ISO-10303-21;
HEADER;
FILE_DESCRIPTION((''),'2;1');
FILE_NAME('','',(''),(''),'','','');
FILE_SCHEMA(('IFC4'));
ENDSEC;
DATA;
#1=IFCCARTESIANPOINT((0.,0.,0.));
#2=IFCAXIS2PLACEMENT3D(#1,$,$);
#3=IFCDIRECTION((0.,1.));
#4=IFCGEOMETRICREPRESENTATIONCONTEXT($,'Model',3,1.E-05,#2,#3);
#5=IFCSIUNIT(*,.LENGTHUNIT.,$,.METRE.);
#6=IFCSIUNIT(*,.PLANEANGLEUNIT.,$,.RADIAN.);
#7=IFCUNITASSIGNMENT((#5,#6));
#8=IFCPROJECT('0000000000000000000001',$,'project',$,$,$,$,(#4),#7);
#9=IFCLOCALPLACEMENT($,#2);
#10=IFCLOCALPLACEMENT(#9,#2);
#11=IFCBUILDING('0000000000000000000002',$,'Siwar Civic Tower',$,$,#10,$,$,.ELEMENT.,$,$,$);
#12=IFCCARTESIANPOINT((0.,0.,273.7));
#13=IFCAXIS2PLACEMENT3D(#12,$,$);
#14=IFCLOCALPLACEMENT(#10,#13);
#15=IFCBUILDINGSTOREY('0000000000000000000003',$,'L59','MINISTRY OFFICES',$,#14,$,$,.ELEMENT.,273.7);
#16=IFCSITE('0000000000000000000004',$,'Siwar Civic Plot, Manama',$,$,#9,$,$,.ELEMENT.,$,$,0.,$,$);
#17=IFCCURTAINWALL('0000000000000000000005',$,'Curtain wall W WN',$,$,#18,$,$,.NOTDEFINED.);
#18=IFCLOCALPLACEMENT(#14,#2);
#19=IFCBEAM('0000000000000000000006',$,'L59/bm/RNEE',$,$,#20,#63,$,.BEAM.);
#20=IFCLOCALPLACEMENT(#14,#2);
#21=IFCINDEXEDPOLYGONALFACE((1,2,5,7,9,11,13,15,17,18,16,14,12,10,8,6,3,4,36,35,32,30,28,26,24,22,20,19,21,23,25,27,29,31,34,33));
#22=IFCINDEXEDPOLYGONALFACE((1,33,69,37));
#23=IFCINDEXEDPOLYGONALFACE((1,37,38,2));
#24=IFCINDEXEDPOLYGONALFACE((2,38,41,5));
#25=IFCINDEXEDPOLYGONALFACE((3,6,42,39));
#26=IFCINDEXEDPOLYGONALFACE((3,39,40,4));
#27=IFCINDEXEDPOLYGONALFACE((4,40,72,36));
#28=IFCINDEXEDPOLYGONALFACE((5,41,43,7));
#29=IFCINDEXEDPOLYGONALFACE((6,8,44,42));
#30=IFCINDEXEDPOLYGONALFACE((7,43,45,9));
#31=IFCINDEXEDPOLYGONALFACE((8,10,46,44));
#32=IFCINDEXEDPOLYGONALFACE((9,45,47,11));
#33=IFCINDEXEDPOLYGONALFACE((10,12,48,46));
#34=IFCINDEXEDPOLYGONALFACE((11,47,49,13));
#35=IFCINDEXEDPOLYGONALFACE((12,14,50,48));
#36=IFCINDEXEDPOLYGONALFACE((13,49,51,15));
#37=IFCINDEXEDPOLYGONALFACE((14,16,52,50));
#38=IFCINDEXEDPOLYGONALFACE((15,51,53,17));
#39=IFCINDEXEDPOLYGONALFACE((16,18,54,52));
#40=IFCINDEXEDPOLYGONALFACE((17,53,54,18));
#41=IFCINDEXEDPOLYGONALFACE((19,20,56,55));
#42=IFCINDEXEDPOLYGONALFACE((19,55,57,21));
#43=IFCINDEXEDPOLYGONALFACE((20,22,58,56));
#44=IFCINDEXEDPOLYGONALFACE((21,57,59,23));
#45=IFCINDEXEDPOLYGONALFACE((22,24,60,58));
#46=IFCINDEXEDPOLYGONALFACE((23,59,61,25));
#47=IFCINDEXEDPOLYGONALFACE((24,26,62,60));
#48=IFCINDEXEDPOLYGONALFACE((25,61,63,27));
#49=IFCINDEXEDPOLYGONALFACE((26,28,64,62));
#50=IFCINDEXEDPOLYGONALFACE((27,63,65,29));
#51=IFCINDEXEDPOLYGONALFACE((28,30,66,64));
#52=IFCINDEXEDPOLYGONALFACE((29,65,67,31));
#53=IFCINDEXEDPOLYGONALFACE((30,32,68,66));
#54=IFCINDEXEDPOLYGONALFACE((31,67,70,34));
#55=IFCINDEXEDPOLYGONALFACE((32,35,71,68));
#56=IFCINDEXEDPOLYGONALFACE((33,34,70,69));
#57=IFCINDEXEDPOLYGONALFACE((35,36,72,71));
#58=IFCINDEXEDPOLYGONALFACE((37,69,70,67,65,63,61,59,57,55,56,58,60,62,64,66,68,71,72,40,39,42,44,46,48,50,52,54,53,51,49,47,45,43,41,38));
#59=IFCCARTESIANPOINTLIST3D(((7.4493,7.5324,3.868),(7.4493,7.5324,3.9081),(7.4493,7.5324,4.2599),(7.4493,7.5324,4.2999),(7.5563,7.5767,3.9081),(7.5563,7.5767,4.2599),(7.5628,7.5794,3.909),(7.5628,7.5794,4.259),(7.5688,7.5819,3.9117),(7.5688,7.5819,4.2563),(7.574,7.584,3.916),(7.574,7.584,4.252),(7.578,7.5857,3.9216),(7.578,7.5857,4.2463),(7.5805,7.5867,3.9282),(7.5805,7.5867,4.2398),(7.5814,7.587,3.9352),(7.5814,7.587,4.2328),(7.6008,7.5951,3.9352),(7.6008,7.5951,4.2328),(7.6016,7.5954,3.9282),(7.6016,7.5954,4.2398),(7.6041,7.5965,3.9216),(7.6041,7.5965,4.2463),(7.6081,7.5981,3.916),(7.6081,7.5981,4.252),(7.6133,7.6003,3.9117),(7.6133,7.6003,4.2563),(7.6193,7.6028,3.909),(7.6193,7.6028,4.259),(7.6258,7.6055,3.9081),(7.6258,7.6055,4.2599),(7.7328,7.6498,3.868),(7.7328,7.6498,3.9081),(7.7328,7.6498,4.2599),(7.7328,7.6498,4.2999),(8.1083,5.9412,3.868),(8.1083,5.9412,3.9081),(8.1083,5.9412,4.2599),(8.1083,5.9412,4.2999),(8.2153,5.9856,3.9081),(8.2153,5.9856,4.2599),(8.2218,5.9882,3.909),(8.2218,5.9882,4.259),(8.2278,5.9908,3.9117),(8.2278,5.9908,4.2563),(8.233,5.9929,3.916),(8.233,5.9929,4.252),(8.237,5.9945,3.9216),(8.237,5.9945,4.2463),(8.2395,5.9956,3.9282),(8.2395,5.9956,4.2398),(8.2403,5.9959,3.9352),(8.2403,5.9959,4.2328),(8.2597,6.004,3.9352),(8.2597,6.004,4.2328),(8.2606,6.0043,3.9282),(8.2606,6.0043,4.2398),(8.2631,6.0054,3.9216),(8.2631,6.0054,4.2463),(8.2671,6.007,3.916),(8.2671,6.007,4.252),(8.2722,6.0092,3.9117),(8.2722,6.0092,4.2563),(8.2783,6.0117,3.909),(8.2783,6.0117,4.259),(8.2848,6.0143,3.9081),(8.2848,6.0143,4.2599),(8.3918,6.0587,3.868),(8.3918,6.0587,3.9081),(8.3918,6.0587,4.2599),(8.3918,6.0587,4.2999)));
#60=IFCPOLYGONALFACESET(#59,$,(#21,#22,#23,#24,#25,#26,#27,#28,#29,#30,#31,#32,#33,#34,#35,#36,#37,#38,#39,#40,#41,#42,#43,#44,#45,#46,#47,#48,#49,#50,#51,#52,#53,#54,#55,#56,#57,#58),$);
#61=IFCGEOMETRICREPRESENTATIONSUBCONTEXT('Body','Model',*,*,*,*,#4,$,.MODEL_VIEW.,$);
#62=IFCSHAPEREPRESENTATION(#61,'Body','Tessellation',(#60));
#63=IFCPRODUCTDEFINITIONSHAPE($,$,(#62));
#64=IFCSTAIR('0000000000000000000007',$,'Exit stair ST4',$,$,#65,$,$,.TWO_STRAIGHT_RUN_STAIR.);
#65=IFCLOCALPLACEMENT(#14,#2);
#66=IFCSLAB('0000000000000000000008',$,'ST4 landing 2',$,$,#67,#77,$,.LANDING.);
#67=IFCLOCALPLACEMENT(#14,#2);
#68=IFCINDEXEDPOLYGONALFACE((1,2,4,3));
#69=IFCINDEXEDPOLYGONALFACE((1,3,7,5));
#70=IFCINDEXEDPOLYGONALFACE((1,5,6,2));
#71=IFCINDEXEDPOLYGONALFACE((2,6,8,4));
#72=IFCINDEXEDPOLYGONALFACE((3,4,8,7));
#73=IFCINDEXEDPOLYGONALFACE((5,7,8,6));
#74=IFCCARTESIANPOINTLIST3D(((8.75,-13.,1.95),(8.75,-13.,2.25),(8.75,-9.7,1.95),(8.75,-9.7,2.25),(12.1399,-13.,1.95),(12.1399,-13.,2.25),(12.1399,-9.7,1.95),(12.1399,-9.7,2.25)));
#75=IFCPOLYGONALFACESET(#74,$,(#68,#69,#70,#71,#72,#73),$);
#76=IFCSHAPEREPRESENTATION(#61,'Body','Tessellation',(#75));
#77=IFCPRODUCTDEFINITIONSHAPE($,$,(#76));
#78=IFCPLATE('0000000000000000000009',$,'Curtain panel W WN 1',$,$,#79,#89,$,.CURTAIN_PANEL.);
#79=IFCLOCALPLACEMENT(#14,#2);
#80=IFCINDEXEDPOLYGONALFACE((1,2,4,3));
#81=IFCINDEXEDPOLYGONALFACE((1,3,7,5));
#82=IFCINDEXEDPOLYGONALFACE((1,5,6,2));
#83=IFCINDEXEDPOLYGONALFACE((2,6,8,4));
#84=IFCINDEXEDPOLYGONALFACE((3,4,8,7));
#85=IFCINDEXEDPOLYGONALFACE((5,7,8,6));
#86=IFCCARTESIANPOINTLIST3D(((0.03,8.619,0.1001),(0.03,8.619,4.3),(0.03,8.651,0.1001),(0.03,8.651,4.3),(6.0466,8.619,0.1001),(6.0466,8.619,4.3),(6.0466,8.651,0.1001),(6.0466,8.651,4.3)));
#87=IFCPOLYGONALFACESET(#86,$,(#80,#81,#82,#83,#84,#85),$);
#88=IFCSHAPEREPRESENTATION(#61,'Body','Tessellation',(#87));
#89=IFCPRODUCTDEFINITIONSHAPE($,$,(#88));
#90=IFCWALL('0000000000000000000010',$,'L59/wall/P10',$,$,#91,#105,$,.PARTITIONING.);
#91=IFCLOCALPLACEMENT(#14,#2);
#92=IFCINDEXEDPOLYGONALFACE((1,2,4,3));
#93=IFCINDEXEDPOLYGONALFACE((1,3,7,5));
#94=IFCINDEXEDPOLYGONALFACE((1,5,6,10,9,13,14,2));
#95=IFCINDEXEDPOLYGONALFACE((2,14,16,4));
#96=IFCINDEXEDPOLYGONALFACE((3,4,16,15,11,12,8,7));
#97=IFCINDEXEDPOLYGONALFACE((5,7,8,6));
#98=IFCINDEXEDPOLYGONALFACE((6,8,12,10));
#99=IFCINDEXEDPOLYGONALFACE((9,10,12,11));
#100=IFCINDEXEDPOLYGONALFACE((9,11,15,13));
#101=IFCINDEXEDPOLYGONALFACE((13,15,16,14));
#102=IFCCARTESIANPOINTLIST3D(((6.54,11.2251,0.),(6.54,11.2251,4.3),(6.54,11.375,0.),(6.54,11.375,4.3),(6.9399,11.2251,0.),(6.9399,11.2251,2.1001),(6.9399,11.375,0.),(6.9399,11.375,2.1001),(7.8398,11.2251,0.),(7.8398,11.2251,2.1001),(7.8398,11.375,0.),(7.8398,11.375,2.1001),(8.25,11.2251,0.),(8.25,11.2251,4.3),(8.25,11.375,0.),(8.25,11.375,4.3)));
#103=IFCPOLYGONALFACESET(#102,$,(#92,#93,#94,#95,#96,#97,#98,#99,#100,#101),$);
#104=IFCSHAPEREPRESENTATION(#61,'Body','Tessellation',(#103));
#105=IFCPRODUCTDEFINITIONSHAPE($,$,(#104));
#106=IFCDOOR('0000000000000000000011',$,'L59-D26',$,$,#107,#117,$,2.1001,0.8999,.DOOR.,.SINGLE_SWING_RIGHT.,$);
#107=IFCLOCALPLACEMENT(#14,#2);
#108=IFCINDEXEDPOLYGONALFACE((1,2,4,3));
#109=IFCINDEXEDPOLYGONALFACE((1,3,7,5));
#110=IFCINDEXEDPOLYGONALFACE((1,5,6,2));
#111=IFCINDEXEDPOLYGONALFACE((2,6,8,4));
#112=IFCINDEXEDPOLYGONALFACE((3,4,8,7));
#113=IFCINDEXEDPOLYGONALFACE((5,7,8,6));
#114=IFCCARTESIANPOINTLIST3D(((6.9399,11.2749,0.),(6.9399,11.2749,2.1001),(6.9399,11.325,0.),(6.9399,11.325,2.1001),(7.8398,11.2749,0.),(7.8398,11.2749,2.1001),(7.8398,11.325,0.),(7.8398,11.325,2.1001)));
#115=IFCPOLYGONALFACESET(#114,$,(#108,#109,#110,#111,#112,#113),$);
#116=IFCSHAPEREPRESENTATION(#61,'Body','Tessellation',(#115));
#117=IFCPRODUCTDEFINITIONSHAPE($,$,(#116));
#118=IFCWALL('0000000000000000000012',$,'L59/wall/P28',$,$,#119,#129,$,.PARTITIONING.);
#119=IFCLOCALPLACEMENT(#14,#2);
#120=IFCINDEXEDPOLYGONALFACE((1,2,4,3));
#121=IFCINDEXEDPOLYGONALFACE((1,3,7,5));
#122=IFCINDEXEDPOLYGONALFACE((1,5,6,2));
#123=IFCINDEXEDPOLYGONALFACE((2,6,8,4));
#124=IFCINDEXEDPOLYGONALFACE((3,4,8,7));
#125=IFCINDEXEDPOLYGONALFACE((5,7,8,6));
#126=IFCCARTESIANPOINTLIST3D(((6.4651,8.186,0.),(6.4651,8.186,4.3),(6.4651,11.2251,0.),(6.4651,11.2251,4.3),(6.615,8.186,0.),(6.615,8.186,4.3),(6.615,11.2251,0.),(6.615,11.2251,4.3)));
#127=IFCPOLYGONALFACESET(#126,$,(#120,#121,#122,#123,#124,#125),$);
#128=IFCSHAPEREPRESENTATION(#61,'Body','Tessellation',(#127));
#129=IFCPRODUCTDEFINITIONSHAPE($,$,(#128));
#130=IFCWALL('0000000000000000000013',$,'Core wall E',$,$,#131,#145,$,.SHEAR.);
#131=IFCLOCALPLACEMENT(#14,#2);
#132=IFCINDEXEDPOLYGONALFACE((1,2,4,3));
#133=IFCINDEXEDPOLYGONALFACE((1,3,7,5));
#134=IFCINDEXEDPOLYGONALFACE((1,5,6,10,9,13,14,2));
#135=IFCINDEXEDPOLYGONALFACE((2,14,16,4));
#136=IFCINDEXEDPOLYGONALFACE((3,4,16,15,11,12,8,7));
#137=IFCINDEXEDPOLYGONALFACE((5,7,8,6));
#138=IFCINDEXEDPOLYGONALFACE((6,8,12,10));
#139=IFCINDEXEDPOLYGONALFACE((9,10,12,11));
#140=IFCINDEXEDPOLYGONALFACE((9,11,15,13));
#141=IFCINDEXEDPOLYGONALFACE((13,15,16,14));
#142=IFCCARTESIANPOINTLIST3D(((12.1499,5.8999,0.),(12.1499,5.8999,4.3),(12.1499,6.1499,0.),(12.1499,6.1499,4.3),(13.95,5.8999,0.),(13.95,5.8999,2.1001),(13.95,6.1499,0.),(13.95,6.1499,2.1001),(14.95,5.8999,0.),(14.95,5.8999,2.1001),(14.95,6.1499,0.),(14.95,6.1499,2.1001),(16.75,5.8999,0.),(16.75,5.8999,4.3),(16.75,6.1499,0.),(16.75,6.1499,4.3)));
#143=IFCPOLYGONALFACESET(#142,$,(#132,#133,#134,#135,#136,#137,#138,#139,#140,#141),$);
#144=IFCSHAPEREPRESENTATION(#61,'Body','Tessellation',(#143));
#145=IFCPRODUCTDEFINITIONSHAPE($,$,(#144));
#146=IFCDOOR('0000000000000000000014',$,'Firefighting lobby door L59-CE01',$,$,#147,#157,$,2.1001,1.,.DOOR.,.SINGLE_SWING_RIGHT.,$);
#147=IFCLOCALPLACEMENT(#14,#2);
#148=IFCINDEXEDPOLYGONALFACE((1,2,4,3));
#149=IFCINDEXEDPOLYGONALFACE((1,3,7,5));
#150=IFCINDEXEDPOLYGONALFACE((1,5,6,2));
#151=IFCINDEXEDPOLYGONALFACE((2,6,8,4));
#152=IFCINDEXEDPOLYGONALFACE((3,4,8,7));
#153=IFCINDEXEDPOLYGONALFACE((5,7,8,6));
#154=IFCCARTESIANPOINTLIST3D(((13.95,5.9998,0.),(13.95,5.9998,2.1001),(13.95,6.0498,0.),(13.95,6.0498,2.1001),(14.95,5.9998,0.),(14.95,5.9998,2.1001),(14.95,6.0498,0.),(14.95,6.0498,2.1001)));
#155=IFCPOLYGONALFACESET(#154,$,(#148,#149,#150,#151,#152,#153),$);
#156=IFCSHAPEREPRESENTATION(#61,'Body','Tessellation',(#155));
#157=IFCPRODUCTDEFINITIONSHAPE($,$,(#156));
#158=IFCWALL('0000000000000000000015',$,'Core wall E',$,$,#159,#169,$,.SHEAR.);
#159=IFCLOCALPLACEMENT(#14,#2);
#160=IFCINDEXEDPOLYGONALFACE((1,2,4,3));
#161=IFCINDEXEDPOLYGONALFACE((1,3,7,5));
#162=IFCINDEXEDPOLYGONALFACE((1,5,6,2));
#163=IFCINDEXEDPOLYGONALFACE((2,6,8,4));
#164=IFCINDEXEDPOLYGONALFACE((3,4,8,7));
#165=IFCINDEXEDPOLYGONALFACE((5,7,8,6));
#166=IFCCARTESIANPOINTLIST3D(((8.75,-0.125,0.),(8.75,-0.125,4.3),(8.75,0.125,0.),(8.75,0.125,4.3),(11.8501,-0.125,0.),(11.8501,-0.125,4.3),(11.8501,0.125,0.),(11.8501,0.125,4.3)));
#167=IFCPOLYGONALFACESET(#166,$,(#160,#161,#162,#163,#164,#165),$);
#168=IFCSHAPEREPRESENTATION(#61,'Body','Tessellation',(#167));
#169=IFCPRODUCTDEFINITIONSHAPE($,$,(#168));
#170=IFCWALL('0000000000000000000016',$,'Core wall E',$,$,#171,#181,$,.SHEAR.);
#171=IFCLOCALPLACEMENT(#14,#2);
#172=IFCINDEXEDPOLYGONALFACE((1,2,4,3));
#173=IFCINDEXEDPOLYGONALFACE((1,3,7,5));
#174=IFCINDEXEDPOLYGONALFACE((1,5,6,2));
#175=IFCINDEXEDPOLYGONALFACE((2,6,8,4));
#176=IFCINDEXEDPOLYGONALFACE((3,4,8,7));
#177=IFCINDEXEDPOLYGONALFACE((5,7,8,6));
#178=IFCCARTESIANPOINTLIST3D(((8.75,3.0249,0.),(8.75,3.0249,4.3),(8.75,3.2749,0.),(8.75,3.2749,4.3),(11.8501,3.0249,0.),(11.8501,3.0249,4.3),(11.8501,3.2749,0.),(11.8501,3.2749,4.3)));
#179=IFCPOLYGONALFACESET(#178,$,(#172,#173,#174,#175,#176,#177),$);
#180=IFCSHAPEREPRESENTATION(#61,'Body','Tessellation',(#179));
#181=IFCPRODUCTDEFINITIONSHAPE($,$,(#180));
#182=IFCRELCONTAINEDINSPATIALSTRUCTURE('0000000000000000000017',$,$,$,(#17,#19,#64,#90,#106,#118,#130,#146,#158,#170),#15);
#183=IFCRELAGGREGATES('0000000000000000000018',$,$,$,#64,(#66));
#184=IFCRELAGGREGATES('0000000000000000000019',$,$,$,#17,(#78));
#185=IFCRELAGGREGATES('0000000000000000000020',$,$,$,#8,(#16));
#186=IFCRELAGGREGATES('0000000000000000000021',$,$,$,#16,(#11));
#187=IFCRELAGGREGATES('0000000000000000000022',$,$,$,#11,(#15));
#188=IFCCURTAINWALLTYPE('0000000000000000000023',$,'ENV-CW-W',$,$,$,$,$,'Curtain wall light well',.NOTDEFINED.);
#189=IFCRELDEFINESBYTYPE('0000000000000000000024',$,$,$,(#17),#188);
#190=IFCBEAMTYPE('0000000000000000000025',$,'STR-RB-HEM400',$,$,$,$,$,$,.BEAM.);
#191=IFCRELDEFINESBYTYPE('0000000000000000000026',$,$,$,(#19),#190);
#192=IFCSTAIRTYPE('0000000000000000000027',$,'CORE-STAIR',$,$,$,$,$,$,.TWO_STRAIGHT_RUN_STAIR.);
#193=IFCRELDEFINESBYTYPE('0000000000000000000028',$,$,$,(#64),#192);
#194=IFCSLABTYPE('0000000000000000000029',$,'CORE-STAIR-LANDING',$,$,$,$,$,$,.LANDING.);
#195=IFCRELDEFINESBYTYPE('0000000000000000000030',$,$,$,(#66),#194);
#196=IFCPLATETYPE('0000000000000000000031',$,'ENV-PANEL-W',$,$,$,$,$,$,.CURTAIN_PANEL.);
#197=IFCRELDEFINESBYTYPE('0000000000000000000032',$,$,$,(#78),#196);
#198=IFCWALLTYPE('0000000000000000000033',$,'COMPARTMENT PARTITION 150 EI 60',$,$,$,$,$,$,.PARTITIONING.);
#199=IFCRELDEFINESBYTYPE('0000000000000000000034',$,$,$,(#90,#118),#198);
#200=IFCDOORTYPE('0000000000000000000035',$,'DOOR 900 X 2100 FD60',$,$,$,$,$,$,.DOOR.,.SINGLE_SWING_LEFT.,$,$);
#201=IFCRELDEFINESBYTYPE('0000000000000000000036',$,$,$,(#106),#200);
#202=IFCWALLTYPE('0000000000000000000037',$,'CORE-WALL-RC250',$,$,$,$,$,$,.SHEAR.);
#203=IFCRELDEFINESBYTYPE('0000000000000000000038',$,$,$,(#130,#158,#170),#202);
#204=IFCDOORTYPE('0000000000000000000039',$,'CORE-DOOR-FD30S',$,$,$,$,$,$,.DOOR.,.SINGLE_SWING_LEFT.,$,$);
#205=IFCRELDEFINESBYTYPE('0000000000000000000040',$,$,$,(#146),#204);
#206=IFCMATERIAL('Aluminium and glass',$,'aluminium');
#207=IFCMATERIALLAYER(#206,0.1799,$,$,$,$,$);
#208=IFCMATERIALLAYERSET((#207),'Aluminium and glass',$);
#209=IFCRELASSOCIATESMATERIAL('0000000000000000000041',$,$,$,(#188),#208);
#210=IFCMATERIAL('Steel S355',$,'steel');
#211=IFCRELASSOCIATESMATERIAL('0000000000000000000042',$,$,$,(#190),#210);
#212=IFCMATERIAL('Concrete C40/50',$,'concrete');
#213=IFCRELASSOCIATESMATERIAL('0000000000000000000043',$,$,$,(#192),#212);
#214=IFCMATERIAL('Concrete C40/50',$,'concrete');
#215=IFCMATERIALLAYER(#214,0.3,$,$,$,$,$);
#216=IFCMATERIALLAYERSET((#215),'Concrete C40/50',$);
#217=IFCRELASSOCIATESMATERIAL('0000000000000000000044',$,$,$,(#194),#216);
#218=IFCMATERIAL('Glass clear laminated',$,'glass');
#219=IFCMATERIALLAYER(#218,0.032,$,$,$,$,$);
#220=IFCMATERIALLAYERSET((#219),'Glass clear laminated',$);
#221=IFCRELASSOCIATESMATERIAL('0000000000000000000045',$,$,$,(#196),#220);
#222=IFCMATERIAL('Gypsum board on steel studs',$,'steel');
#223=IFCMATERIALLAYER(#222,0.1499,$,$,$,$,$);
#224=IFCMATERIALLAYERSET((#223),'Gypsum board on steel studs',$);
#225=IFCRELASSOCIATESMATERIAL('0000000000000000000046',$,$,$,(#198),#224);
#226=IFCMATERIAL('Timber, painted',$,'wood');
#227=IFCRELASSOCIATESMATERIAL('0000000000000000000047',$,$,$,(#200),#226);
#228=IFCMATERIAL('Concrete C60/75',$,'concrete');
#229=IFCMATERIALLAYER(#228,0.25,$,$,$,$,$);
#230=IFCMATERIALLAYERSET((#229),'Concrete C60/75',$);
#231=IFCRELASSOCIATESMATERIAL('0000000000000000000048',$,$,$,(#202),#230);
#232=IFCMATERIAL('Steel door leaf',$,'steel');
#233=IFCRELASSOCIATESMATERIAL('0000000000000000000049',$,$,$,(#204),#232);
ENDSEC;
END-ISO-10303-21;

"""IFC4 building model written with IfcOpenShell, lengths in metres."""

from ifc_helpers import new_model, si_unit, direction, frame, frame_2d, origin, origin_2d, place, context, subcontext, project, spatial, polyline, rectangle, i_section, outline, extrude, material, layer, layer_set, material_profile, profile_set, type_object, element, fill, aggregate, save


model = new_model("IFC4")

# Units and contexts
model_context = context("Model", 3, precision=1e-05, world=origin(), true_north=direction((0.0, 1.0)))
body_context = subcontext(model_context, "Body", "Model", "MODEL_VIEW")
ifc_project = project(units=[si_unit("LENGTHUNIT", "METRE"), si_unit("PLANEANGLEUNIT", "RADIAN")], contexts=[model_context])

# Site, building, storey
site_placement = place(None, origin())
site = spatial("IfcSite", under=ifc_project, at=site_placement, Name="Siwar Civic Plot, Manama", CompositionType="ELEMENT", RefElevation=0.0)
building_placement = place(site_placement, origin())
building = spatial("IfcBuilding", under=site, at=building_placement, Name="Siwar Civic Tower", CompositionType="ELEMENT")
storey_placement = place(building_placement, frame((0.0, 0.0, 273.7)))
storey = spatial("IfcBuildingStorey", under=building, at=storey_placement, Name="L59", Description="MINISTRY OFFICES", CompositionType="ELEMENT", Elevation=273.7)

# Curtain wall
ifc_material_1 = material(Name="Aluminium and glass", Category="aluminium")
ifc_layer_1 = layer(ifc_material_1, 0.1799)
ifc_layer_set_1 = layer_set([ifc_layer_1], Name="Aluminium and glass")
curtain_wall_type = type_object("IfcCurtainWallType", Name="ENV-CW-W", ElementType="Curtain wall light well", PredefinedType="NOTDEFINED", material=ifc_layer_set_1)
curtain_wall_placement = place(storey_placement, origin())
curtain_wall = element("IfcCurtainWall", 1, at=curtain_wall_placement, inside=storey, type_object=curtain_wall_type, Name="Curtain wall W WN", PredefinedType="NOTDEFINED")

# Beam
ifc_material_2 = material(Name="Steel S355", Category="steel")
ifc_material_profile_1 = material_profile(ifc_material_2, i_section(OverallWidth=0.3069, OverallDepth=0.4319, WebThickness=0.021, FlangeThickness=0.04, FilletRadius=0.0271, at=origin_2d()), Name="HEM400")
ifc_profile_set_1 = profile_set([ifc_material_profile_1], Name="Steel S355")
beam_type_1 = type_object("IfcBeamType", Name="STR-RB-HEM400", PredefinedType="BEAM", material=ifc_profile_set_1)
for number, where, z_axis, x_axis, name in (
    (2, (7.5911, 7.5911, 4.084), (0.382631, -0.923901, 0.0), (0.923901, 0.382631, 0.0), "L59/bm/RNEE"),
):
    element("IfcBeam", number, at=place(storey_placement, frame(where, z_axis=z_axis, x_axis=x_axis)), inside=storey, type_object=beam_type_1, Name=name, PredefinedType="BEAM", context=body_context, shape_type="SweptSolid", body=[
        extrude(i_section(OverallWidth=0.3069, OverallDepth=0.4319, WebThickness=0.021, FlangeThickness=0.04, FilletRadius=0.0271, at=origin_2d()), origin(), (0.0, 0.0, 1.0), 1.7222),
    ])

# Stair, slab
ifc_material_3 = material(Name="Concrete C40/50", Category="concrete")
stair_type = type_object("IfcStairType", Name="CORE-STAIR", PredefinedType="TWO_STRAIGHT_RUN_STAIR", material=ifc_material_3)
stair_1_placement = place(storey_placement, origin())
stair_1 = element("IfcStair", 3, at=stair_1_placement, inside=storey, type_object=stair_type, Name="Exit stair ST4", PredefinedType="TWO_STRAIGHT_RUN_STAIR")
ifc_material_4 = material(Name="Concrete C40/50", Category="concrete")
ifc_layer_2 = layer(ifc_material_4, 0.3)
ifc_layer_set_2 = layer_set([ifc_layer_2], Name="Concrete C40/50")
slab_type_1 = type_object("IfcSlabType", Name="CORE-STAIR-LANDING", PredefinedType="LANDING", material=ifc_layer_set_2)
slab_1_placement = place(storey_placement, frame((0.0, 0.0, 1.95)))
slab_1 = element("IfcSlab", 4, at=slab_1_placement, type_object=slab_type_1, Name="ST4 landing 2", PredefinedType="LANDING", context=body_context, shape_type="SweptSolid", body=[
    extrude(outline(polyline([(8.75, -13.0), (12.1399, -13.0), (12.1399, -9.7), (8.75, -9.7), (8.75, -13.0)])), origin(), (0.0, 0.0, 1.0), 0.3),
])
aggregate(stair_1, [slab_1])

# Plate
ifc_material_5 = material(Name="Glass clear laminated", Category="glass")
ifc_layer_3 = layer(ifc_material_5, 0.032)
ifc_layer_set_3 = layer_set([ifc_layer_3], Name="Glass clear laminated")
plate_type = type_object("IfcPlateType", Name="ENV-PANEL-W", PredefinedType="CURTAIN_PANEL", material=ifc_layer_set_3)
plate_placement = place(storey_placement, frame((3.0383, 8.635, 0.1001), z_axis=(0.0, 0.0, 1.0), x_axis=(-1.0, 0.0, 0.0)))
plate = element("IfcPlate", 5, at=plate_placement, type_object=plate_type, Name="Curtain panel W WN 1", PredefinedType="CURTAIN_PANEL", context=body_context, shape_type="SweptSolid", body=[
    extrude(rectangle(XDim=6.0166, YDim=0.032, at=origin_2d()), origin(), (0.0, 0.0, 1.0), 4.2),
])
aggregate(curtain_wall, [plate])

# Wall, opening, door
ifc_material_6 = material(Name="Gypsum board on steel studs", Category="steel")
ifc_layer_4 = layer(ifc_material_6, 0.1499)
ifc_layer_set_4 = layer_set([ifc_layer_4], Name="Gypsum board on steel studs")
wall_type_1 = type_object("IfcWallType", Name="COMPARTMENT PARTITION 150 EI 60", PredefinedType="PARTITIONING", material=ifc_layer_set_4)
wall_1_placement = place(storey_placement, frame((6.54, 11.3, 0.0), z_axis=(0.0, 0.0, 1.0), x_axis=(1.0, 0.0, 0.0)))
wall_1 = element("IfcWall", 6, at=wall_1_placement, inside=storey, type_object=wall_type_1, Name="L59/wall/P10", PredefinedType="PARTITIONING", context=body_context, shape_type="SweptSolid", body=[
    extrude(rectangle(XDim=1.71, YDim=0.1499, at=frame_2d((0.855, 0.0))), origin(), (0.0, 0.0, 1.0), 4.3),
])
opening_1_placement = place(wall_1_placement, frame((0.3999, 0.0, 0.0)))
opening_1 = element("IfcOpeningElement", 7, at=opening_1_placement, cuts=wall_1, PredefinedType="OPENING", context=body_context, shape_type="SweptSolid", body=[
    extrude(rectangle(XDim=0.8999, YDim=2.1001, at=frame_2d((0.45, 1.05))), frame((0.0, 0.085, 0.0), z_axis=(0.0, -1.0, 0.0), x_axis=(1.0, 0.0, 0.0)), (0.0, 0.0, 1.0), 0.1699),
])
ifc_material_7 = material(Name="Timber, painted", Category="wood")
door_type_1 = type_object("IfcDoorType", Name="DOOR 900 X 2100 FD60", OperationType="SINGLE_SWING_LEFT", PredefinedType="DOOR", material=ifc_material_7)
door_1_placement = place(opening_1_placement, origin())
door_1 = element("IfcDoor", 8, at=door_1_placement, inside=storey, type_object=door_type_1, Name="L59-D26", OperationType="SINGLE_SWING_RIGHT", OverallHeight=2.1001, OverallWidth=0.8999, PredefinedType="DOOR", context=body_context, shape_type="SweptSolid", body=[
    extrude(rectangle(XDim=0.8999, YDim=2.1001, at=frame_2d((0.45, 1.05))), frame((0.0, 0.0249, 0.0), z_axis=(0.0, -1.0, 0.0), x_axis=(1.0, 0.0, 0.0)), (0.0, 0.0, 1.0), 0.05),
])
fill(opening_1, door_1)

# Wall
wall_2_placement = place(storey_placement, frame((6.54, 8.186, 0.0), z_axis=(0.0, 0.0, 1.0), x_axis=(0.0, 1.0, 0.0)))
element("IfcWall", 9, at=wall_2_placement, inside=storey, type_object=wall_type_1, Name="L59/wall/P28", PredefinedType="PARTITIONING", context=body_context, shape_type="SweptSolid", body=[
    extrude(rectangle(XDim=3.0391, YDim=0.1499, at=frame_2d((1.5195, 0.0))), origin(), (0.0, 0.0, 1.0), 4.3),
])

# Wall, opening, door
ifc_material_8 = material(Name="Concrete C60/75", Category="concrete")
ifc_layer_5 = layer(ifc_material_8, 0.25)
ifc_layer_set_5 = layer_set([ifc_layer_5], Name="Concrete C60/75")
wall_type_2 = type_object("IfcWallType", Name="CORE-WALL-RC250", PredefinedType="SHEAR", material=ifc_layer_set_5)
wall_3_placement = place(storey_placement, frame((12.1499, 6.0249, 0.0), z_axis=(0.0, 0.0, 1.0), x_axis=(1.0, 0.0, 0.0)))
wall_3 = element("IfcWall", 10, at=wall_3_placement, inside=storey, type_object=wall_type_2, Name="Core wall E", PredefinedType="SHEAR", context=body_context, shape_type="SweptSolid", body=[
    extrude(rectangle(XDim=4.6001, YDim=0.25, at=frame_2d((2.3, 0.0))), origin(), (0.0, 0.0, 1.0), 4.3),
])
opening_2_placement = place(wall_3_placement, frame((1.8, 0.0, 0.0)))
opening_2 = element("IfcOpeningElement", 11, at=opening_2_placement, cuts=wall_3, PredefinedType="OPENING", context=body_context, shape_type="SweptSolid", body=[
    extrude(rectangle(XDim=1.0, YDim=2.1001, at=frame_2d((0.5, 1.05))), frame((0.0, 0.135, 0.0), z_axis=(0.0, -1.0, 0.0), x_axis=(1.0, 0.0, 0.0)), (0.0, 0.0, 1.0), 0.27),
])
ifc_material_9 = material(Name="Steel door leaf", Category="steel")
door_type_2 = type_object("IfcDoorType", Name="CORE-DOOR-FD30S", OperationType="SINGLE_SWING_LEFT", PredefinedType="DOOR", material=ifc_material_9)
door_2_placement = place(opening_2_placement, origin())
door_2 = element("IfcDoor", 12, at=door_2_placement, inside=storey, type_object=door_type_2, Name="Firefighting lobby door L59-CE01", OperationType="SINGLE_SWING_RIGHT", OverallHeight=2.1001, OverallWidth=1.0, PredefinedType="DOOR", context=body_context, shape_type="SweptSolid", body=[
    extrude(rectangle(XDim=1.0, YDim=2.1001, at=frame_2d((0.5, 1.05))), frame((0.0, 0.0249, 0.0), z_axis=(0.0, -1.0, 0.0), x_axis=(1.0, 0.0, 0.0)), (0.0, 0.0, 1.0), 0.05),
])
fill(opening_2, door_2)

# Walls
for number, where, z_axis, x_axis, name in (
    (13, (8.75, 0.0, 0.0), (0.0, 0.0, 1.0), (1.0, 0.0, 0.0), "Core wall E"),
    (14, (8.75, 3.1499, 0.0), (0.0, 0.0, 1.0), (1.0, 0.0, 0.0), "Core wall E"),
):
    element("IfcWall", number, at=place(storey_placement, frame(where, z_axis=z_axis, x_axis=x_axis)), inside=storey, type_object=wall_type_2, Name=name, PredefinedType="SHEAR", context=body_context, shape_type="SweptSolid", body=[
        extrude(rectangle(XDim=3.1001, YDim=0.25, at=frame_2d((1.55, 0.0))), origin(), (0.0, 0.0, 1.0), 4.3),
    ])

save(model, "model.ifc")
